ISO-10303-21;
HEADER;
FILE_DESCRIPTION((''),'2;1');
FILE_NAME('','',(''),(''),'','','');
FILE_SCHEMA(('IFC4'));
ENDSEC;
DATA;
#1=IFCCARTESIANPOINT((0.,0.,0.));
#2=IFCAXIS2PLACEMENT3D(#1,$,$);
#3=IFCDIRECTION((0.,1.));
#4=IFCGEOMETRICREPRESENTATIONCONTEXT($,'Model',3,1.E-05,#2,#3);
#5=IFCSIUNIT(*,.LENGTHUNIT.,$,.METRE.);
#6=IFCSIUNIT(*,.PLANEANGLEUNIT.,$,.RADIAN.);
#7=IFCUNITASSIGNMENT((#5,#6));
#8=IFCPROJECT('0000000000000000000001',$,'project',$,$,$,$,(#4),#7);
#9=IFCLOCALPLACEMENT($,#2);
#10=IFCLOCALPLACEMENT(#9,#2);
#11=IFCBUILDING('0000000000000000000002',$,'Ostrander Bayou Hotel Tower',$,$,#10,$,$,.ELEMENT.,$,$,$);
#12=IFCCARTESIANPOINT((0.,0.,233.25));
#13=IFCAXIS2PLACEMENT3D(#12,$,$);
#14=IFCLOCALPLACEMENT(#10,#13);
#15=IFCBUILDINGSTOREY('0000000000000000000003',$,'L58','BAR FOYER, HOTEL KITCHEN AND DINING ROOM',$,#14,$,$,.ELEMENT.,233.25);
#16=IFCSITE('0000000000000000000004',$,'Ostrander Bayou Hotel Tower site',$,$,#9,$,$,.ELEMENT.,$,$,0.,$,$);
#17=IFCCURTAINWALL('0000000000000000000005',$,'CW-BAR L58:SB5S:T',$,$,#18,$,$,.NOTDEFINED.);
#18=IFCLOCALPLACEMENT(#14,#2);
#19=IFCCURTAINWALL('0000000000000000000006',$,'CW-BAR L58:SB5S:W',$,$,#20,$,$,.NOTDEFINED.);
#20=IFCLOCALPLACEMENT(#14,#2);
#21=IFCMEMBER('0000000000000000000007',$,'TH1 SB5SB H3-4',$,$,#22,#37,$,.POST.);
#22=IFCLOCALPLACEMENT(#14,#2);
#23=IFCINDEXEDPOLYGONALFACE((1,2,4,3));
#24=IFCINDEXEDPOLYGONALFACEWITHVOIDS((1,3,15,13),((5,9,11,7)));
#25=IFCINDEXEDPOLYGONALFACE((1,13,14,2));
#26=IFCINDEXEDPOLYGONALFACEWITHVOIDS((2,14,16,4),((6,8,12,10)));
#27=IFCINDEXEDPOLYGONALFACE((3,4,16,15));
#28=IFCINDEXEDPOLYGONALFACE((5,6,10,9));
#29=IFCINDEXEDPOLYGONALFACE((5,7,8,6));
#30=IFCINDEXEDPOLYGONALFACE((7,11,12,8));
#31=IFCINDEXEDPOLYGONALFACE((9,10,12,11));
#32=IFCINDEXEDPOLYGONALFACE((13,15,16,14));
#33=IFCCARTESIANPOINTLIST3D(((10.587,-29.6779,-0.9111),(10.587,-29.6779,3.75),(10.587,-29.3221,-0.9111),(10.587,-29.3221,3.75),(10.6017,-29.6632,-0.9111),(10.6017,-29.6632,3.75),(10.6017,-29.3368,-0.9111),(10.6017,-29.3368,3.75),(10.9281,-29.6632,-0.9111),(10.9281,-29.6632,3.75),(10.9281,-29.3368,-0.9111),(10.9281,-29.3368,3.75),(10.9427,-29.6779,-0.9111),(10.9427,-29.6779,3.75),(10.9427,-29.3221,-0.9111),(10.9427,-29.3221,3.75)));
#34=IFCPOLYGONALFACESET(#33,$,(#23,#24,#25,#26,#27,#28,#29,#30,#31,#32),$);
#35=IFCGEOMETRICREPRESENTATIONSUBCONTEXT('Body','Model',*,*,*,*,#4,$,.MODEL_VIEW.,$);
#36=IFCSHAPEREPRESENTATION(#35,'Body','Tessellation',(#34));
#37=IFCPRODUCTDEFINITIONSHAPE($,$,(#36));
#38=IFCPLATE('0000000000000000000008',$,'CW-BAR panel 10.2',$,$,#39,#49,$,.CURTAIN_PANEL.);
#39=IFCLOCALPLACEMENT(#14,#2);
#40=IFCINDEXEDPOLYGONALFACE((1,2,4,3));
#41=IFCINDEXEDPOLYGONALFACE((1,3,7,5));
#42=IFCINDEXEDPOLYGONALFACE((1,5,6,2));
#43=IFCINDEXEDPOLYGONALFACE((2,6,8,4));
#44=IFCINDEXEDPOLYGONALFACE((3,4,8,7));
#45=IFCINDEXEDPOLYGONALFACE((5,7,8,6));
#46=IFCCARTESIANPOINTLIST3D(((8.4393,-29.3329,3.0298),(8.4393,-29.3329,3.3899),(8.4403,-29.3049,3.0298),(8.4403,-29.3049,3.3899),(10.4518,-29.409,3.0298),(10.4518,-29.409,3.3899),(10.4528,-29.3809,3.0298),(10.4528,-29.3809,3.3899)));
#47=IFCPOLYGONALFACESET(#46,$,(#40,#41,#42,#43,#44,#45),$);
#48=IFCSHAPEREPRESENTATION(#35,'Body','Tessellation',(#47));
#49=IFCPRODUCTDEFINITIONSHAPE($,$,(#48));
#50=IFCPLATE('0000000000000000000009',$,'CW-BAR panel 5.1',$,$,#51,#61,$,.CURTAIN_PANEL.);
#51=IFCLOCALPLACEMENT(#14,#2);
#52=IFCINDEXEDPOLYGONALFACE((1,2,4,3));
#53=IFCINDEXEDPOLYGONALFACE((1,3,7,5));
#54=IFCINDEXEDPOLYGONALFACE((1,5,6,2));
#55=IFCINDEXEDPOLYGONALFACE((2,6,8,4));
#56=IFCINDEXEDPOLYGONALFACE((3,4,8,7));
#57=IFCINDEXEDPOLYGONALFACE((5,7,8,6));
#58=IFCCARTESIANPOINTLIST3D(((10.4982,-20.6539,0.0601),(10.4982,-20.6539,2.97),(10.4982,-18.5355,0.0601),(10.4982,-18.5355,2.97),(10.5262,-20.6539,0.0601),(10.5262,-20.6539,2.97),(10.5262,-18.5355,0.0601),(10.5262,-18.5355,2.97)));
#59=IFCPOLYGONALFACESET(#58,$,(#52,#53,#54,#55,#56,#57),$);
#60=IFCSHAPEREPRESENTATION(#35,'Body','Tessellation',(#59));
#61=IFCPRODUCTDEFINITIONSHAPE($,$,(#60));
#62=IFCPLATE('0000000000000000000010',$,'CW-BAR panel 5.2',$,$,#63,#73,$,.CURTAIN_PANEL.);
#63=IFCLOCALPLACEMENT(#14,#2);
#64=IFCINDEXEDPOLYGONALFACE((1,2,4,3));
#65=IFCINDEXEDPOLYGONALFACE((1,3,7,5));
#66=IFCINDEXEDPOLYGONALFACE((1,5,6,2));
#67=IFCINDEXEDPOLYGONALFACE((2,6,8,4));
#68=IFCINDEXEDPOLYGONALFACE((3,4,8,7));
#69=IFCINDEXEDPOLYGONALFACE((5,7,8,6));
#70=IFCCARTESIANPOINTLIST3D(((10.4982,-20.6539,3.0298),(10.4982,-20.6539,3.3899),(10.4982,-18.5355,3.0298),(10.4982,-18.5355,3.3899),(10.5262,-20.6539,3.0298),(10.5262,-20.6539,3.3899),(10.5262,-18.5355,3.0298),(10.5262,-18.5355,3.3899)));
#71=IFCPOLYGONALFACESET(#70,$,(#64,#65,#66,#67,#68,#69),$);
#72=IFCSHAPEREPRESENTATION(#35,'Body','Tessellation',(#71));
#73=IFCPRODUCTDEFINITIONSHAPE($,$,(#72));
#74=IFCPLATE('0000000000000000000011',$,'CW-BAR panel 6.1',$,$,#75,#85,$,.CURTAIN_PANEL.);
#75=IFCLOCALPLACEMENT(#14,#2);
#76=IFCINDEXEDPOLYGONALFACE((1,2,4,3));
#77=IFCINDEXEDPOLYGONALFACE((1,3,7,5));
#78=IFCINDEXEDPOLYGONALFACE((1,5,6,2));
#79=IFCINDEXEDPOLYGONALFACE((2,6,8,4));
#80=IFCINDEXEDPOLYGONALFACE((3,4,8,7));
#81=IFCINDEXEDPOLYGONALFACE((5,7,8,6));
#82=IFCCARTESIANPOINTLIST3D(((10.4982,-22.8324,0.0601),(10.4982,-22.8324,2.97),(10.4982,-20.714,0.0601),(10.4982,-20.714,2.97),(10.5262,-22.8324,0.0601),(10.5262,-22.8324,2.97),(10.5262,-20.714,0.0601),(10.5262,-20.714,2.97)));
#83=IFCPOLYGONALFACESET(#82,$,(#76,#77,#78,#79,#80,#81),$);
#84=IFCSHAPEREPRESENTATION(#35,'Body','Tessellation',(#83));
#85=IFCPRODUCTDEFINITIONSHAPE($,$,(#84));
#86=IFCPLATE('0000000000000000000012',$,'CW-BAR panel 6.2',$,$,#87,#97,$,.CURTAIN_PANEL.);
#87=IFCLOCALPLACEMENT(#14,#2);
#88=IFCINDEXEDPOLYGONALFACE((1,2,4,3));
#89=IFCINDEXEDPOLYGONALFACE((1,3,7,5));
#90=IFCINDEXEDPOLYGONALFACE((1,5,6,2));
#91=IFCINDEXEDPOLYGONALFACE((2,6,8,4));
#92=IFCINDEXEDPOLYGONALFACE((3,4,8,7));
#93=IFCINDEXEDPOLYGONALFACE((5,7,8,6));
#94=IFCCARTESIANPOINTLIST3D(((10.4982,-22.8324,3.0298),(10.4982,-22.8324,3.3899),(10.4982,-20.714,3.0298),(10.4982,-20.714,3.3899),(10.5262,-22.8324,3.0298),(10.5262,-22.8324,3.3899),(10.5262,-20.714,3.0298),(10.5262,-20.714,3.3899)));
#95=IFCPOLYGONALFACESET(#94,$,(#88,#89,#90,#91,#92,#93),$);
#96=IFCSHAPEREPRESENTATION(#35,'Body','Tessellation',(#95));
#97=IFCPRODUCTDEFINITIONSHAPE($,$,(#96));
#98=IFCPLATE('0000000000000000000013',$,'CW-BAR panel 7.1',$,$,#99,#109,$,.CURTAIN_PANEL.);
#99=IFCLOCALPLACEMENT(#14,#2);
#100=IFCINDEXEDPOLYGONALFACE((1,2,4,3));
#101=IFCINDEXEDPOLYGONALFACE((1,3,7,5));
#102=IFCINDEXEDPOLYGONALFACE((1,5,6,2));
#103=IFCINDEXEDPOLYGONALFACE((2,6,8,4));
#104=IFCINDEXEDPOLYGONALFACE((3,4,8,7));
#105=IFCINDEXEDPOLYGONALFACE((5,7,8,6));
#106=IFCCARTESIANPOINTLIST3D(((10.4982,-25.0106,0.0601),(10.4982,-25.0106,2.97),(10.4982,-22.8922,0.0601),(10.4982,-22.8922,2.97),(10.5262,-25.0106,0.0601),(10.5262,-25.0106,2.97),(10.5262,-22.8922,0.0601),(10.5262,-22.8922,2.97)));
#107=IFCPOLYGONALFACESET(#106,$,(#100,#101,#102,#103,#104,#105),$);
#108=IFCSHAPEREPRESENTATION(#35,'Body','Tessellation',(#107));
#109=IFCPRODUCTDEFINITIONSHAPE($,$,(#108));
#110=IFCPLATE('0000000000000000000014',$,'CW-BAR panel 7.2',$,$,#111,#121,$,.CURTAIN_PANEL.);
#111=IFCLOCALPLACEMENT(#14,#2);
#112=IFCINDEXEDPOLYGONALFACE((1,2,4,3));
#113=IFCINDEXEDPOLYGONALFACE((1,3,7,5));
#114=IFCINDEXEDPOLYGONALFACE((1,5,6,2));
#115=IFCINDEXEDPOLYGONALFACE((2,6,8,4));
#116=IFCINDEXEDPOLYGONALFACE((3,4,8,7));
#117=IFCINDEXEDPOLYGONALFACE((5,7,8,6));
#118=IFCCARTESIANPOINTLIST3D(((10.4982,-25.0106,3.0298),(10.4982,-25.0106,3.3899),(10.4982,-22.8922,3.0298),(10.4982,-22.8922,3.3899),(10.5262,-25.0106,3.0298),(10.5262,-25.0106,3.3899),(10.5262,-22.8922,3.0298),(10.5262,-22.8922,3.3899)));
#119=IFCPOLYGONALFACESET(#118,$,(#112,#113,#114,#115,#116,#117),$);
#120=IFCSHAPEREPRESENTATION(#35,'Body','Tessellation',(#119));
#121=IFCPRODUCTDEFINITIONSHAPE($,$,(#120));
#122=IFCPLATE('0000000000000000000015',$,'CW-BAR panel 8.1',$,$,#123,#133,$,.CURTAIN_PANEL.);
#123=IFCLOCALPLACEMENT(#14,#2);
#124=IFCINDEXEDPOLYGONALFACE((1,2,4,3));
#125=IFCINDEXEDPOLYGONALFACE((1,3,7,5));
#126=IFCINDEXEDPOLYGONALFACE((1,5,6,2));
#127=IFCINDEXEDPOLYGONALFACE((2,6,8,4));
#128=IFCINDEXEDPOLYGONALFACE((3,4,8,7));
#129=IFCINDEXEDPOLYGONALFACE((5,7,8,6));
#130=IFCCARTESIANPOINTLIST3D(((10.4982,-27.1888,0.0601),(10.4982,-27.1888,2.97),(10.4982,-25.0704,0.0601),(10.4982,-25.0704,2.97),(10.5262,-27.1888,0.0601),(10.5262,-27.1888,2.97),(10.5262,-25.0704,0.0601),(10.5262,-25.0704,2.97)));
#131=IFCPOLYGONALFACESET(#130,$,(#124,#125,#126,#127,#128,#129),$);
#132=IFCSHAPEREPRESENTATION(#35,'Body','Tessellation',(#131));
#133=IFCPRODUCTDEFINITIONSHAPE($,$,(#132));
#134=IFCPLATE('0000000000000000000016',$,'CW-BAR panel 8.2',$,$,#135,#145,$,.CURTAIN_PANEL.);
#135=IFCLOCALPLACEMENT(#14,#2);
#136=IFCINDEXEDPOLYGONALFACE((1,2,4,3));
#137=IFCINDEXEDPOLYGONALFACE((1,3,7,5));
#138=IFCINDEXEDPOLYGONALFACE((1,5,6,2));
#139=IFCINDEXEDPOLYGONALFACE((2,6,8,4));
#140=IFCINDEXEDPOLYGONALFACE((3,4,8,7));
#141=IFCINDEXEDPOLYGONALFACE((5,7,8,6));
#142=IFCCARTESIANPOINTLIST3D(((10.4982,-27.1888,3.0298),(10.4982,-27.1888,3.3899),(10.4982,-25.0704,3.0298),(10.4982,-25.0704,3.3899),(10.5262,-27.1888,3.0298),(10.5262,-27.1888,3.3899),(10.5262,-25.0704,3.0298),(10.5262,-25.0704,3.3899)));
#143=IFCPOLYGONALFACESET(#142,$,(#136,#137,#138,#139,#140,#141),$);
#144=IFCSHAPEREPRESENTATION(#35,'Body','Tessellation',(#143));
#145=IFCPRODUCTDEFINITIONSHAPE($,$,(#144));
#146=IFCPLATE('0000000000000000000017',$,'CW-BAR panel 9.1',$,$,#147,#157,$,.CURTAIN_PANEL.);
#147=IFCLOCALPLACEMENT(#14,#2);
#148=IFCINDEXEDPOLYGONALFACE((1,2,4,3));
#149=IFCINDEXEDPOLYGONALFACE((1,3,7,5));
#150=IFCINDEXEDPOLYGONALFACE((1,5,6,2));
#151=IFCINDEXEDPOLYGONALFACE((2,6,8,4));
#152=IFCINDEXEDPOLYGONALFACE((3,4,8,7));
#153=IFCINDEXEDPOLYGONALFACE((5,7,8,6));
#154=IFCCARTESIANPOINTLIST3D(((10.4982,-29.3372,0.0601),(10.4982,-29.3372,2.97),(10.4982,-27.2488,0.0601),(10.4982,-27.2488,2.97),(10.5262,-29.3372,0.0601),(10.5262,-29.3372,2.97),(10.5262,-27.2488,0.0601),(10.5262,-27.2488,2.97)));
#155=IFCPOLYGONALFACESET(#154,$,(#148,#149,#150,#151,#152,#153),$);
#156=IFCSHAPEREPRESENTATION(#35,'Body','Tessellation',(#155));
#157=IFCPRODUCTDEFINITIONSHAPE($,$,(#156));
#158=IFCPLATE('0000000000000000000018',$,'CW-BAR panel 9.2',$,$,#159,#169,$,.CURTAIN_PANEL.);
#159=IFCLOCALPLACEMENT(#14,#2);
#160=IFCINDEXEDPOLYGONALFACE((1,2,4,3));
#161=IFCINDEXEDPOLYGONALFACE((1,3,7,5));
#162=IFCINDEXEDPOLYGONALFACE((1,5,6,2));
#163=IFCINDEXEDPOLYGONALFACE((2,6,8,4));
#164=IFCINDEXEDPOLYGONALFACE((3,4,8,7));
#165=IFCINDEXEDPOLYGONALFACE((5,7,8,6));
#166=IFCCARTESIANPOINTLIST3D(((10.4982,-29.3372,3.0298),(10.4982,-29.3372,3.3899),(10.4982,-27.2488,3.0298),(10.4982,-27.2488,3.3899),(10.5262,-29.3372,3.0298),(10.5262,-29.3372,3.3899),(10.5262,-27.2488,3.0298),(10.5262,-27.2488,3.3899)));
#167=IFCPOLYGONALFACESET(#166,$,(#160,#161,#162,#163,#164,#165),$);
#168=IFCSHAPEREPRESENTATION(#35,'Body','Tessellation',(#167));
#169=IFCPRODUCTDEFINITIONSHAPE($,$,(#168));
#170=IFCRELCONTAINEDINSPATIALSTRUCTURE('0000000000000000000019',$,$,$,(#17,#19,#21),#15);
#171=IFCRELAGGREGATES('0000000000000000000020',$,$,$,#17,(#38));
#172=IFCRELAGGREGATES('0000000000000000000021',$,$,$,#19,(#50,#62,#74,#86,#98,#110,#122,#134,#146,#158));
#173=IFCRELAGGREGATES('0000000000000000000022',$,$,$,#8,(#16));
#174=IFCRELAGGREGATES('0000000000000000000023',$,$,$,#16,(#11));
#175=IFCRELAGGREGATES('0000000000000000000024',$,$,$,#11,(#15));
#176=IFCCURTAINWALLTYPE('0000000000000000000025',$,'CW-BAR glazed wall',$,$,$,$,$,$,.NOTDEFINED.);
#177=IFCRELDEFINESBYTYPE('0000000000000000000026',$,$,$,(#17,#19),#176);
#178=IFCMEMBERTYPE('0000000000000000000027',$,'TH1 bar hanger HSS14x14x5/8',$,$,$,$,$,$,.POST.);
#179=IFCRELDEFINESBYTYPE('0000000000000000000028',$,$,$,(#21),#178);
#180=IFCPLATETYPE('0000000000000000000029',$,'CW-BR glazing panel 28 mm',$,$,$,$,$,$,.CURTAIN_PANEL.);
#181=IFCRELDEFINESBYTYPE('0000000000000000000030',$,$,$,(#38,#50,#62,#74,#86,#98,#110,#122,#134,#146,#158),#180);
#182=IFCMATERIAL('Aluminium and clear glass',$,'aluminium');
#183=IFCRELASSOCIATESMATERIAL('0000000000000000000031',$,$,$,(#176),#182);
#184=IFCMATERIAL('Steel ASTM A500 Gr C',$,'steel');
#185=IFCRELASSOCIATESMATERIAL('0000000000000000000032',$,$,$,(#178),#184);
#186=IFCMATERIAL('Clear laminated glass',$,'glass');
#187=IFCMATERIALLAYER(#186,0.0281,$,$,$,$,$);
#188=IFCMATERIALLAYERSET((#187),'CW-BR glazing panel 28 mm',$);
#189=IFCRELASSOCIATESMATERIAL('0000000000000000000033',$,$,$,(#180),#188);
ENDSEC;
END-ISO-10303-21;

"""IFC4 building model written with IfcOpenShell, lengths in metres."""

from ifc_helpers import new_model, si_unit, direction, frame, origin, origin_2d, place, context, subcontext, project, spatial, rectangle, hollow_rectangle, extrude, material, layer, layer_set, material_profile, profile_set, type_object, element, aggregate, save


model = new_model("IFC4")

# Units and contexts
model_context = context("Model", 3, precision=1e-05, world=origin(), true_north=direction((0.0, 1.0)))
body_context = subcontext(model_context, "Body", "Model", "MODEL_VIEW")
ifc_project = project(units=[si_unit("LENGTHUNIT", "METRE"), si_unit("PLANEANGLEUNIT", "RADIAN")], contexts=[model_context])

# Site, building, storey
site_placement = place(None, origin())
site = spatial("IfcSite", under=ifc_project, at=site_placement, Name="Ostrander Bayou Hotel Tower site", CompositionType="ELEMENT", RefElevation=0.0)
building_placement = place(site_placement, origin())
building = spatial("IfcBuilding", under=site, at=building_placement, Name="Ostrander Bayou Hotel Tower", CompositionType="ELEMENT")
storey_placement = place(building_placement, frame((0.0, 0.0, 233.25)))
storey = spatial("IfcBuildingStorey", under=building, at=storey_placement, Name="L58", Description="BAR FOYER, HOTEL KITCHEN AND DINING ROOM", CompositionType="ELEMENT", Elevation=233.25)

# Curtain wall
ifc_material_1 = material(Name="Aluminium and clear glass", Category="aluminium")
curtain_wall_type = type_object("IfcCurtainWallType", Name="CW-BAR glazed wall", PredefinedType="NOTDEFINED", material=ifc_material_1)
curtain_wall_1_placement = place(storey_placement, origin())
curtain_wall_1 = element("IfcCurtainWall", 1, at=curtain_wall_1_placement, inside=storey, type_object=curtain_wall_type, Name="CW-BAR L58:SB5S:T", PredefinedType="NOTDEFINED")

# Curtain wall
curtain_wall_2_placement = place(storey_placement, origin())
curtain_wall_2 = element("IfcCurtainWall", 2, at=curtain_wall_2_placement, inside=storey, type_object=curtain_wall_type, Name="CW-BAR L58:SB5S:W", PredefinedType="NOTDEFINED")

# Member
ifc_material_2 = material(Name="Steel ASTM A500 Gr C", Category="steel")
ifc_material_profile_1 = material_profile(ifc_material_2, hollow_rectangle(XDim=0.3557, YDim=0.3557, WallThickness=0.0146, at=origin_2d()))
ifc_profile_set_1 = profile_set([ifc_material_profile_1], Name="Steel ASTM A500 Gr C")
member_type_1 = type_object("IfcMemberType", Name="TH1 bar hanger HSS14x14x5/8", PredefinedType="POST", material=ifc_profile_set_1)
for number, where, z_axis, x_axis, name in (
    (3, (10.7649, -29.5, -0.9111), (0.0, 0.0, 1.0), (1.0, 0.0, 0.0), "TH1 SB5SB H3-4"),
):
    element("IfcMember", number, at=place(storey_placement, frame(where, z_axis=z_axis, x_axis=x_axis)), inside=storey, type_object=member_type_1, Name=name, PredefinedType="POST", context=body_context, shape_type="SweptSolid", body=[
        extrude(hollow_rectangle(XDim=0.3557, YDim=0.3557, WallThickness=0.0146, at=origin_2d()), origin(), (0.0, 0.0, 1.0), 4.6611),
    ])

# Plates
ifc_material_3 = material(Name="Clear laminated glass", Category="glass")
ifc_layer = layer(ifc_material_3, 0.0281)
ifc_layer_set = layer_set([ifc_layer], Name="CW-BR glazing panel 28 mm")
plate_type = type_object("IfcPlateType", Name="CW-BR glazing panel 28 mm", PredefinedType="CURTAIN_PANEL", material=ifc_layer_set)
plate_1_placement = place(storey_placement, frame((9.446, -29.3569, 3.0298), z_axis=(0.0, 0.0, 1.0), x_axis=(0.999287, -0.037758, 0.0)))
plate_1 = element("IfcPlate", 4, at=plate_1_placement, type_object=plate_type, Name="CW-BAR panel 10.2", PredefinedType="CURTAIN_PANEL", context=body_context, shape_type="SweptSolid", body=[
    extrude(rectangle(XDim=2.0139, YDim=0.0281, at=origin_2d()), origin(), (0.0, 0.0, 1.0), 0.3601),
])
aggregate(curtain_wall_1, [plate_1])
plate_2_placement = place(storey_placement, frame((10.5122, -19.5947, 0.0601), z_axis=(0.0, 0.0, 1.0), x_axis=(0.0, -1.0, 0.0)))
plate_2 = element("IfcPlate", 5, at=plate_2_placement, type_object=plate_type, Name="CW-BAR panel 5.1", PredefinedType="CURTAIN_PANEL", context=body_context, shape_type="SweptSolid", body=[
    extrude(rectangle(XDim=2.1184, YDim=0.0281, at=origin_2d()), origin(), (0.0, 0.0, 1.0), 2.9099),
])
plate_3_placement = place(storey_placement, frame((10.5122, -19.5947, 3.0298), z_axis=(0.0, 0.0, 1.0), x_axis=(0.0, -1.0, 0.0)))
plate_3 = element("IfcPlate", 6, at=plate_3_placement, type_object=plate_type, Name="CW-BAR panel 5.2", PredefinedType="CURTAIN_PANEL", context=body_context, shape_type="SweptSolid", body=[
    extrude(rectangle(XDim=2.1184, YDim=0.0281, at=origin_2d()), origin(), (0.0, 0.0, 1.0), 0.3601),
])
plate_4_placement = place(storey_placement, frame((10.5122, -21.7732, 0.0601), z_axis=(0.0, 0.0, 1.0), x_axis=(0.0, -1.0, 0.0)))
plate_4 = element("IfcPlate", 7, at=plate_4_placement, type_object=plate_type, Name="CW-BAR panel 6.1", PredefinedType="CURTAIN_PANEL", context=body_context, shape_type="SweptSolid", body=[
    extrude(rectangle(XDim=2.1184, YDim=0.0281, at=origin_2d()), origin(), (0.0, 0.0, 1.0), 2.9099),
])
plate_5_placement = place(storey_placement, frame((10.5122, -21.7732, 3.0298), z_axis=(0.0, 0.0, 1.0), x_axis=(0.0, -1.0, 0.0)))
plate_5 = element("IfcPlate", 8, at=plate_5_placement, type_object=plate_type, Name="CW-BAR panel 6.2", PredefinedType="CURTAIN_PANEL", context=body_context, shape_type="SweptSolid", body=[
    extrude(rectangle(XDim=2.1184, YDim=0.0281, at=origin_2d()), origin(), (0.0, 0.0, 1.0), 0.3601),
])
plate_6_placement = place(storey_placement, frame((10.5122, -23.9514, 0.0601), z_axis=(0.0, 0.0, 1.0), x_axis=(0.0, -1.0, 0.0)))
plate_6 = element("IfcPlate", 9, at=plate_6_placement, type_object=plate_type, Name="CW-BAR panel 7.1", PredefinedType="CURTAIN_PANEL", context=body_context, shape_type="SweptSolid", body=[
    extrude(rectangle(XDim=2.1184, YDim=0.0281, at=origin_2d()), origin(), (0.0, 0.0, 1.0), 2.9099),
])
plate_7_placement = place(storey_placement, frame((10.5122, -23.9514, 3.0298), z_axis=(0.0, 0.0, 1.0), x_axis=(0.0, -1.0, 0.0)))
plate_7 = element("IfcPlate", 10, at=plate_7_placement, type_object=plate_type, Name="CW-BAR panel 7.2", PredefinedType="CURTAIN_PANEL", context=body_context, shape_type="SweptSolid", body=[
    extrude(rectangle(XDim=2.1184, YDim=0.0281, at=origin_2d()), origin(), (0.0, 0.0, 1.0), 0.3601),
])
plate_8_placement = place(storey_placement, frame((10.5122, -26.1296, 0.0601), z_axis=(0.0, 0.0, 1.0), x_axis=(0.0, -1.0, 0.0)))
plate_8 = element("IfcPlate", 11, at=plate_8_placement, type_object=plate_type, Name="CW-BAR panel 8.1", PredefinedType="CURTAIN_PANEL", context=body_context, shape_type="SweptSolid", body=[
    extrude(rectangle(XDim=2.1184, YDim=0.0281, at=origin_2d()), origin(), (0.0, 0.0, 1.0), 2.9099),
])
plate_9_placement = place(storey_placement, frame((10.5122, -26.1296, 3.0298), z_axis=(0.0, 0.0, 1.0), x_axis=(0.0, -1.0, 0.0)))
plate_9 = element("IfcPlate", 12, at=plate_9_placement, type_object=plate_type, Name="CW-BAR panel 8.2", PredefinedType="CURTAIN_PANEL", context=body_context, shape_type="SweptSolid", body=[
    extrude(rectangle(XDim=2.1184, YDim=0.0281, at=origin_2d()), origin(), (0.0, 0.0, 1.0), 0.3601),
])
plate_10_placement = place(storey_placement, frame((10.5122, -28.293, 0.0601), z_axis=(0.0, 0.0, 1.0), x_axis=(0.0, -1.0, 0.0)))
plate_10 = element("IfcPlate", 13, at=plate_10_placement, type_object=plate_type, Name="CW-BAR panel 9.1", PredefinedType="CURTAIN_PANEL", context=body_context, shape_type="SweptSolid", body=[
    extrude(rectangle(XDim=2.0884, YDim=0.0281, at=origin_2d()), origin(), (0.0, 0.0, 1.0), 2.9099),
])
plate_11_placement = place(storey_placement, frame((10.5122, -28.293, 3.0298), z_axis=(0.0, 0.0, 1.0), x_axis=(0.0, -1.0, 0.0)))
plate_11 = element("IfcPlate", 14, at=plate_11_placement, type_object=plate_type, Name="CW-BAR panel 9.2", PredefinedType="CURTAIN_PANEL", context=body_context, shape_type="SweptSolid", body=[
    extrude(rectangle(XDim=2.0884, YDim=0.0281, at=origin_2d()), origin(), (0.0, 0.0, 1.0), 0.3601),
])
aggregate(curtain_wall_2, [plate_2, plate_3, plate_4, plate_5, plate_6, plate_7, plate_8, plate_9, plate_10, plate_11])

save(model, "model.ifc")
